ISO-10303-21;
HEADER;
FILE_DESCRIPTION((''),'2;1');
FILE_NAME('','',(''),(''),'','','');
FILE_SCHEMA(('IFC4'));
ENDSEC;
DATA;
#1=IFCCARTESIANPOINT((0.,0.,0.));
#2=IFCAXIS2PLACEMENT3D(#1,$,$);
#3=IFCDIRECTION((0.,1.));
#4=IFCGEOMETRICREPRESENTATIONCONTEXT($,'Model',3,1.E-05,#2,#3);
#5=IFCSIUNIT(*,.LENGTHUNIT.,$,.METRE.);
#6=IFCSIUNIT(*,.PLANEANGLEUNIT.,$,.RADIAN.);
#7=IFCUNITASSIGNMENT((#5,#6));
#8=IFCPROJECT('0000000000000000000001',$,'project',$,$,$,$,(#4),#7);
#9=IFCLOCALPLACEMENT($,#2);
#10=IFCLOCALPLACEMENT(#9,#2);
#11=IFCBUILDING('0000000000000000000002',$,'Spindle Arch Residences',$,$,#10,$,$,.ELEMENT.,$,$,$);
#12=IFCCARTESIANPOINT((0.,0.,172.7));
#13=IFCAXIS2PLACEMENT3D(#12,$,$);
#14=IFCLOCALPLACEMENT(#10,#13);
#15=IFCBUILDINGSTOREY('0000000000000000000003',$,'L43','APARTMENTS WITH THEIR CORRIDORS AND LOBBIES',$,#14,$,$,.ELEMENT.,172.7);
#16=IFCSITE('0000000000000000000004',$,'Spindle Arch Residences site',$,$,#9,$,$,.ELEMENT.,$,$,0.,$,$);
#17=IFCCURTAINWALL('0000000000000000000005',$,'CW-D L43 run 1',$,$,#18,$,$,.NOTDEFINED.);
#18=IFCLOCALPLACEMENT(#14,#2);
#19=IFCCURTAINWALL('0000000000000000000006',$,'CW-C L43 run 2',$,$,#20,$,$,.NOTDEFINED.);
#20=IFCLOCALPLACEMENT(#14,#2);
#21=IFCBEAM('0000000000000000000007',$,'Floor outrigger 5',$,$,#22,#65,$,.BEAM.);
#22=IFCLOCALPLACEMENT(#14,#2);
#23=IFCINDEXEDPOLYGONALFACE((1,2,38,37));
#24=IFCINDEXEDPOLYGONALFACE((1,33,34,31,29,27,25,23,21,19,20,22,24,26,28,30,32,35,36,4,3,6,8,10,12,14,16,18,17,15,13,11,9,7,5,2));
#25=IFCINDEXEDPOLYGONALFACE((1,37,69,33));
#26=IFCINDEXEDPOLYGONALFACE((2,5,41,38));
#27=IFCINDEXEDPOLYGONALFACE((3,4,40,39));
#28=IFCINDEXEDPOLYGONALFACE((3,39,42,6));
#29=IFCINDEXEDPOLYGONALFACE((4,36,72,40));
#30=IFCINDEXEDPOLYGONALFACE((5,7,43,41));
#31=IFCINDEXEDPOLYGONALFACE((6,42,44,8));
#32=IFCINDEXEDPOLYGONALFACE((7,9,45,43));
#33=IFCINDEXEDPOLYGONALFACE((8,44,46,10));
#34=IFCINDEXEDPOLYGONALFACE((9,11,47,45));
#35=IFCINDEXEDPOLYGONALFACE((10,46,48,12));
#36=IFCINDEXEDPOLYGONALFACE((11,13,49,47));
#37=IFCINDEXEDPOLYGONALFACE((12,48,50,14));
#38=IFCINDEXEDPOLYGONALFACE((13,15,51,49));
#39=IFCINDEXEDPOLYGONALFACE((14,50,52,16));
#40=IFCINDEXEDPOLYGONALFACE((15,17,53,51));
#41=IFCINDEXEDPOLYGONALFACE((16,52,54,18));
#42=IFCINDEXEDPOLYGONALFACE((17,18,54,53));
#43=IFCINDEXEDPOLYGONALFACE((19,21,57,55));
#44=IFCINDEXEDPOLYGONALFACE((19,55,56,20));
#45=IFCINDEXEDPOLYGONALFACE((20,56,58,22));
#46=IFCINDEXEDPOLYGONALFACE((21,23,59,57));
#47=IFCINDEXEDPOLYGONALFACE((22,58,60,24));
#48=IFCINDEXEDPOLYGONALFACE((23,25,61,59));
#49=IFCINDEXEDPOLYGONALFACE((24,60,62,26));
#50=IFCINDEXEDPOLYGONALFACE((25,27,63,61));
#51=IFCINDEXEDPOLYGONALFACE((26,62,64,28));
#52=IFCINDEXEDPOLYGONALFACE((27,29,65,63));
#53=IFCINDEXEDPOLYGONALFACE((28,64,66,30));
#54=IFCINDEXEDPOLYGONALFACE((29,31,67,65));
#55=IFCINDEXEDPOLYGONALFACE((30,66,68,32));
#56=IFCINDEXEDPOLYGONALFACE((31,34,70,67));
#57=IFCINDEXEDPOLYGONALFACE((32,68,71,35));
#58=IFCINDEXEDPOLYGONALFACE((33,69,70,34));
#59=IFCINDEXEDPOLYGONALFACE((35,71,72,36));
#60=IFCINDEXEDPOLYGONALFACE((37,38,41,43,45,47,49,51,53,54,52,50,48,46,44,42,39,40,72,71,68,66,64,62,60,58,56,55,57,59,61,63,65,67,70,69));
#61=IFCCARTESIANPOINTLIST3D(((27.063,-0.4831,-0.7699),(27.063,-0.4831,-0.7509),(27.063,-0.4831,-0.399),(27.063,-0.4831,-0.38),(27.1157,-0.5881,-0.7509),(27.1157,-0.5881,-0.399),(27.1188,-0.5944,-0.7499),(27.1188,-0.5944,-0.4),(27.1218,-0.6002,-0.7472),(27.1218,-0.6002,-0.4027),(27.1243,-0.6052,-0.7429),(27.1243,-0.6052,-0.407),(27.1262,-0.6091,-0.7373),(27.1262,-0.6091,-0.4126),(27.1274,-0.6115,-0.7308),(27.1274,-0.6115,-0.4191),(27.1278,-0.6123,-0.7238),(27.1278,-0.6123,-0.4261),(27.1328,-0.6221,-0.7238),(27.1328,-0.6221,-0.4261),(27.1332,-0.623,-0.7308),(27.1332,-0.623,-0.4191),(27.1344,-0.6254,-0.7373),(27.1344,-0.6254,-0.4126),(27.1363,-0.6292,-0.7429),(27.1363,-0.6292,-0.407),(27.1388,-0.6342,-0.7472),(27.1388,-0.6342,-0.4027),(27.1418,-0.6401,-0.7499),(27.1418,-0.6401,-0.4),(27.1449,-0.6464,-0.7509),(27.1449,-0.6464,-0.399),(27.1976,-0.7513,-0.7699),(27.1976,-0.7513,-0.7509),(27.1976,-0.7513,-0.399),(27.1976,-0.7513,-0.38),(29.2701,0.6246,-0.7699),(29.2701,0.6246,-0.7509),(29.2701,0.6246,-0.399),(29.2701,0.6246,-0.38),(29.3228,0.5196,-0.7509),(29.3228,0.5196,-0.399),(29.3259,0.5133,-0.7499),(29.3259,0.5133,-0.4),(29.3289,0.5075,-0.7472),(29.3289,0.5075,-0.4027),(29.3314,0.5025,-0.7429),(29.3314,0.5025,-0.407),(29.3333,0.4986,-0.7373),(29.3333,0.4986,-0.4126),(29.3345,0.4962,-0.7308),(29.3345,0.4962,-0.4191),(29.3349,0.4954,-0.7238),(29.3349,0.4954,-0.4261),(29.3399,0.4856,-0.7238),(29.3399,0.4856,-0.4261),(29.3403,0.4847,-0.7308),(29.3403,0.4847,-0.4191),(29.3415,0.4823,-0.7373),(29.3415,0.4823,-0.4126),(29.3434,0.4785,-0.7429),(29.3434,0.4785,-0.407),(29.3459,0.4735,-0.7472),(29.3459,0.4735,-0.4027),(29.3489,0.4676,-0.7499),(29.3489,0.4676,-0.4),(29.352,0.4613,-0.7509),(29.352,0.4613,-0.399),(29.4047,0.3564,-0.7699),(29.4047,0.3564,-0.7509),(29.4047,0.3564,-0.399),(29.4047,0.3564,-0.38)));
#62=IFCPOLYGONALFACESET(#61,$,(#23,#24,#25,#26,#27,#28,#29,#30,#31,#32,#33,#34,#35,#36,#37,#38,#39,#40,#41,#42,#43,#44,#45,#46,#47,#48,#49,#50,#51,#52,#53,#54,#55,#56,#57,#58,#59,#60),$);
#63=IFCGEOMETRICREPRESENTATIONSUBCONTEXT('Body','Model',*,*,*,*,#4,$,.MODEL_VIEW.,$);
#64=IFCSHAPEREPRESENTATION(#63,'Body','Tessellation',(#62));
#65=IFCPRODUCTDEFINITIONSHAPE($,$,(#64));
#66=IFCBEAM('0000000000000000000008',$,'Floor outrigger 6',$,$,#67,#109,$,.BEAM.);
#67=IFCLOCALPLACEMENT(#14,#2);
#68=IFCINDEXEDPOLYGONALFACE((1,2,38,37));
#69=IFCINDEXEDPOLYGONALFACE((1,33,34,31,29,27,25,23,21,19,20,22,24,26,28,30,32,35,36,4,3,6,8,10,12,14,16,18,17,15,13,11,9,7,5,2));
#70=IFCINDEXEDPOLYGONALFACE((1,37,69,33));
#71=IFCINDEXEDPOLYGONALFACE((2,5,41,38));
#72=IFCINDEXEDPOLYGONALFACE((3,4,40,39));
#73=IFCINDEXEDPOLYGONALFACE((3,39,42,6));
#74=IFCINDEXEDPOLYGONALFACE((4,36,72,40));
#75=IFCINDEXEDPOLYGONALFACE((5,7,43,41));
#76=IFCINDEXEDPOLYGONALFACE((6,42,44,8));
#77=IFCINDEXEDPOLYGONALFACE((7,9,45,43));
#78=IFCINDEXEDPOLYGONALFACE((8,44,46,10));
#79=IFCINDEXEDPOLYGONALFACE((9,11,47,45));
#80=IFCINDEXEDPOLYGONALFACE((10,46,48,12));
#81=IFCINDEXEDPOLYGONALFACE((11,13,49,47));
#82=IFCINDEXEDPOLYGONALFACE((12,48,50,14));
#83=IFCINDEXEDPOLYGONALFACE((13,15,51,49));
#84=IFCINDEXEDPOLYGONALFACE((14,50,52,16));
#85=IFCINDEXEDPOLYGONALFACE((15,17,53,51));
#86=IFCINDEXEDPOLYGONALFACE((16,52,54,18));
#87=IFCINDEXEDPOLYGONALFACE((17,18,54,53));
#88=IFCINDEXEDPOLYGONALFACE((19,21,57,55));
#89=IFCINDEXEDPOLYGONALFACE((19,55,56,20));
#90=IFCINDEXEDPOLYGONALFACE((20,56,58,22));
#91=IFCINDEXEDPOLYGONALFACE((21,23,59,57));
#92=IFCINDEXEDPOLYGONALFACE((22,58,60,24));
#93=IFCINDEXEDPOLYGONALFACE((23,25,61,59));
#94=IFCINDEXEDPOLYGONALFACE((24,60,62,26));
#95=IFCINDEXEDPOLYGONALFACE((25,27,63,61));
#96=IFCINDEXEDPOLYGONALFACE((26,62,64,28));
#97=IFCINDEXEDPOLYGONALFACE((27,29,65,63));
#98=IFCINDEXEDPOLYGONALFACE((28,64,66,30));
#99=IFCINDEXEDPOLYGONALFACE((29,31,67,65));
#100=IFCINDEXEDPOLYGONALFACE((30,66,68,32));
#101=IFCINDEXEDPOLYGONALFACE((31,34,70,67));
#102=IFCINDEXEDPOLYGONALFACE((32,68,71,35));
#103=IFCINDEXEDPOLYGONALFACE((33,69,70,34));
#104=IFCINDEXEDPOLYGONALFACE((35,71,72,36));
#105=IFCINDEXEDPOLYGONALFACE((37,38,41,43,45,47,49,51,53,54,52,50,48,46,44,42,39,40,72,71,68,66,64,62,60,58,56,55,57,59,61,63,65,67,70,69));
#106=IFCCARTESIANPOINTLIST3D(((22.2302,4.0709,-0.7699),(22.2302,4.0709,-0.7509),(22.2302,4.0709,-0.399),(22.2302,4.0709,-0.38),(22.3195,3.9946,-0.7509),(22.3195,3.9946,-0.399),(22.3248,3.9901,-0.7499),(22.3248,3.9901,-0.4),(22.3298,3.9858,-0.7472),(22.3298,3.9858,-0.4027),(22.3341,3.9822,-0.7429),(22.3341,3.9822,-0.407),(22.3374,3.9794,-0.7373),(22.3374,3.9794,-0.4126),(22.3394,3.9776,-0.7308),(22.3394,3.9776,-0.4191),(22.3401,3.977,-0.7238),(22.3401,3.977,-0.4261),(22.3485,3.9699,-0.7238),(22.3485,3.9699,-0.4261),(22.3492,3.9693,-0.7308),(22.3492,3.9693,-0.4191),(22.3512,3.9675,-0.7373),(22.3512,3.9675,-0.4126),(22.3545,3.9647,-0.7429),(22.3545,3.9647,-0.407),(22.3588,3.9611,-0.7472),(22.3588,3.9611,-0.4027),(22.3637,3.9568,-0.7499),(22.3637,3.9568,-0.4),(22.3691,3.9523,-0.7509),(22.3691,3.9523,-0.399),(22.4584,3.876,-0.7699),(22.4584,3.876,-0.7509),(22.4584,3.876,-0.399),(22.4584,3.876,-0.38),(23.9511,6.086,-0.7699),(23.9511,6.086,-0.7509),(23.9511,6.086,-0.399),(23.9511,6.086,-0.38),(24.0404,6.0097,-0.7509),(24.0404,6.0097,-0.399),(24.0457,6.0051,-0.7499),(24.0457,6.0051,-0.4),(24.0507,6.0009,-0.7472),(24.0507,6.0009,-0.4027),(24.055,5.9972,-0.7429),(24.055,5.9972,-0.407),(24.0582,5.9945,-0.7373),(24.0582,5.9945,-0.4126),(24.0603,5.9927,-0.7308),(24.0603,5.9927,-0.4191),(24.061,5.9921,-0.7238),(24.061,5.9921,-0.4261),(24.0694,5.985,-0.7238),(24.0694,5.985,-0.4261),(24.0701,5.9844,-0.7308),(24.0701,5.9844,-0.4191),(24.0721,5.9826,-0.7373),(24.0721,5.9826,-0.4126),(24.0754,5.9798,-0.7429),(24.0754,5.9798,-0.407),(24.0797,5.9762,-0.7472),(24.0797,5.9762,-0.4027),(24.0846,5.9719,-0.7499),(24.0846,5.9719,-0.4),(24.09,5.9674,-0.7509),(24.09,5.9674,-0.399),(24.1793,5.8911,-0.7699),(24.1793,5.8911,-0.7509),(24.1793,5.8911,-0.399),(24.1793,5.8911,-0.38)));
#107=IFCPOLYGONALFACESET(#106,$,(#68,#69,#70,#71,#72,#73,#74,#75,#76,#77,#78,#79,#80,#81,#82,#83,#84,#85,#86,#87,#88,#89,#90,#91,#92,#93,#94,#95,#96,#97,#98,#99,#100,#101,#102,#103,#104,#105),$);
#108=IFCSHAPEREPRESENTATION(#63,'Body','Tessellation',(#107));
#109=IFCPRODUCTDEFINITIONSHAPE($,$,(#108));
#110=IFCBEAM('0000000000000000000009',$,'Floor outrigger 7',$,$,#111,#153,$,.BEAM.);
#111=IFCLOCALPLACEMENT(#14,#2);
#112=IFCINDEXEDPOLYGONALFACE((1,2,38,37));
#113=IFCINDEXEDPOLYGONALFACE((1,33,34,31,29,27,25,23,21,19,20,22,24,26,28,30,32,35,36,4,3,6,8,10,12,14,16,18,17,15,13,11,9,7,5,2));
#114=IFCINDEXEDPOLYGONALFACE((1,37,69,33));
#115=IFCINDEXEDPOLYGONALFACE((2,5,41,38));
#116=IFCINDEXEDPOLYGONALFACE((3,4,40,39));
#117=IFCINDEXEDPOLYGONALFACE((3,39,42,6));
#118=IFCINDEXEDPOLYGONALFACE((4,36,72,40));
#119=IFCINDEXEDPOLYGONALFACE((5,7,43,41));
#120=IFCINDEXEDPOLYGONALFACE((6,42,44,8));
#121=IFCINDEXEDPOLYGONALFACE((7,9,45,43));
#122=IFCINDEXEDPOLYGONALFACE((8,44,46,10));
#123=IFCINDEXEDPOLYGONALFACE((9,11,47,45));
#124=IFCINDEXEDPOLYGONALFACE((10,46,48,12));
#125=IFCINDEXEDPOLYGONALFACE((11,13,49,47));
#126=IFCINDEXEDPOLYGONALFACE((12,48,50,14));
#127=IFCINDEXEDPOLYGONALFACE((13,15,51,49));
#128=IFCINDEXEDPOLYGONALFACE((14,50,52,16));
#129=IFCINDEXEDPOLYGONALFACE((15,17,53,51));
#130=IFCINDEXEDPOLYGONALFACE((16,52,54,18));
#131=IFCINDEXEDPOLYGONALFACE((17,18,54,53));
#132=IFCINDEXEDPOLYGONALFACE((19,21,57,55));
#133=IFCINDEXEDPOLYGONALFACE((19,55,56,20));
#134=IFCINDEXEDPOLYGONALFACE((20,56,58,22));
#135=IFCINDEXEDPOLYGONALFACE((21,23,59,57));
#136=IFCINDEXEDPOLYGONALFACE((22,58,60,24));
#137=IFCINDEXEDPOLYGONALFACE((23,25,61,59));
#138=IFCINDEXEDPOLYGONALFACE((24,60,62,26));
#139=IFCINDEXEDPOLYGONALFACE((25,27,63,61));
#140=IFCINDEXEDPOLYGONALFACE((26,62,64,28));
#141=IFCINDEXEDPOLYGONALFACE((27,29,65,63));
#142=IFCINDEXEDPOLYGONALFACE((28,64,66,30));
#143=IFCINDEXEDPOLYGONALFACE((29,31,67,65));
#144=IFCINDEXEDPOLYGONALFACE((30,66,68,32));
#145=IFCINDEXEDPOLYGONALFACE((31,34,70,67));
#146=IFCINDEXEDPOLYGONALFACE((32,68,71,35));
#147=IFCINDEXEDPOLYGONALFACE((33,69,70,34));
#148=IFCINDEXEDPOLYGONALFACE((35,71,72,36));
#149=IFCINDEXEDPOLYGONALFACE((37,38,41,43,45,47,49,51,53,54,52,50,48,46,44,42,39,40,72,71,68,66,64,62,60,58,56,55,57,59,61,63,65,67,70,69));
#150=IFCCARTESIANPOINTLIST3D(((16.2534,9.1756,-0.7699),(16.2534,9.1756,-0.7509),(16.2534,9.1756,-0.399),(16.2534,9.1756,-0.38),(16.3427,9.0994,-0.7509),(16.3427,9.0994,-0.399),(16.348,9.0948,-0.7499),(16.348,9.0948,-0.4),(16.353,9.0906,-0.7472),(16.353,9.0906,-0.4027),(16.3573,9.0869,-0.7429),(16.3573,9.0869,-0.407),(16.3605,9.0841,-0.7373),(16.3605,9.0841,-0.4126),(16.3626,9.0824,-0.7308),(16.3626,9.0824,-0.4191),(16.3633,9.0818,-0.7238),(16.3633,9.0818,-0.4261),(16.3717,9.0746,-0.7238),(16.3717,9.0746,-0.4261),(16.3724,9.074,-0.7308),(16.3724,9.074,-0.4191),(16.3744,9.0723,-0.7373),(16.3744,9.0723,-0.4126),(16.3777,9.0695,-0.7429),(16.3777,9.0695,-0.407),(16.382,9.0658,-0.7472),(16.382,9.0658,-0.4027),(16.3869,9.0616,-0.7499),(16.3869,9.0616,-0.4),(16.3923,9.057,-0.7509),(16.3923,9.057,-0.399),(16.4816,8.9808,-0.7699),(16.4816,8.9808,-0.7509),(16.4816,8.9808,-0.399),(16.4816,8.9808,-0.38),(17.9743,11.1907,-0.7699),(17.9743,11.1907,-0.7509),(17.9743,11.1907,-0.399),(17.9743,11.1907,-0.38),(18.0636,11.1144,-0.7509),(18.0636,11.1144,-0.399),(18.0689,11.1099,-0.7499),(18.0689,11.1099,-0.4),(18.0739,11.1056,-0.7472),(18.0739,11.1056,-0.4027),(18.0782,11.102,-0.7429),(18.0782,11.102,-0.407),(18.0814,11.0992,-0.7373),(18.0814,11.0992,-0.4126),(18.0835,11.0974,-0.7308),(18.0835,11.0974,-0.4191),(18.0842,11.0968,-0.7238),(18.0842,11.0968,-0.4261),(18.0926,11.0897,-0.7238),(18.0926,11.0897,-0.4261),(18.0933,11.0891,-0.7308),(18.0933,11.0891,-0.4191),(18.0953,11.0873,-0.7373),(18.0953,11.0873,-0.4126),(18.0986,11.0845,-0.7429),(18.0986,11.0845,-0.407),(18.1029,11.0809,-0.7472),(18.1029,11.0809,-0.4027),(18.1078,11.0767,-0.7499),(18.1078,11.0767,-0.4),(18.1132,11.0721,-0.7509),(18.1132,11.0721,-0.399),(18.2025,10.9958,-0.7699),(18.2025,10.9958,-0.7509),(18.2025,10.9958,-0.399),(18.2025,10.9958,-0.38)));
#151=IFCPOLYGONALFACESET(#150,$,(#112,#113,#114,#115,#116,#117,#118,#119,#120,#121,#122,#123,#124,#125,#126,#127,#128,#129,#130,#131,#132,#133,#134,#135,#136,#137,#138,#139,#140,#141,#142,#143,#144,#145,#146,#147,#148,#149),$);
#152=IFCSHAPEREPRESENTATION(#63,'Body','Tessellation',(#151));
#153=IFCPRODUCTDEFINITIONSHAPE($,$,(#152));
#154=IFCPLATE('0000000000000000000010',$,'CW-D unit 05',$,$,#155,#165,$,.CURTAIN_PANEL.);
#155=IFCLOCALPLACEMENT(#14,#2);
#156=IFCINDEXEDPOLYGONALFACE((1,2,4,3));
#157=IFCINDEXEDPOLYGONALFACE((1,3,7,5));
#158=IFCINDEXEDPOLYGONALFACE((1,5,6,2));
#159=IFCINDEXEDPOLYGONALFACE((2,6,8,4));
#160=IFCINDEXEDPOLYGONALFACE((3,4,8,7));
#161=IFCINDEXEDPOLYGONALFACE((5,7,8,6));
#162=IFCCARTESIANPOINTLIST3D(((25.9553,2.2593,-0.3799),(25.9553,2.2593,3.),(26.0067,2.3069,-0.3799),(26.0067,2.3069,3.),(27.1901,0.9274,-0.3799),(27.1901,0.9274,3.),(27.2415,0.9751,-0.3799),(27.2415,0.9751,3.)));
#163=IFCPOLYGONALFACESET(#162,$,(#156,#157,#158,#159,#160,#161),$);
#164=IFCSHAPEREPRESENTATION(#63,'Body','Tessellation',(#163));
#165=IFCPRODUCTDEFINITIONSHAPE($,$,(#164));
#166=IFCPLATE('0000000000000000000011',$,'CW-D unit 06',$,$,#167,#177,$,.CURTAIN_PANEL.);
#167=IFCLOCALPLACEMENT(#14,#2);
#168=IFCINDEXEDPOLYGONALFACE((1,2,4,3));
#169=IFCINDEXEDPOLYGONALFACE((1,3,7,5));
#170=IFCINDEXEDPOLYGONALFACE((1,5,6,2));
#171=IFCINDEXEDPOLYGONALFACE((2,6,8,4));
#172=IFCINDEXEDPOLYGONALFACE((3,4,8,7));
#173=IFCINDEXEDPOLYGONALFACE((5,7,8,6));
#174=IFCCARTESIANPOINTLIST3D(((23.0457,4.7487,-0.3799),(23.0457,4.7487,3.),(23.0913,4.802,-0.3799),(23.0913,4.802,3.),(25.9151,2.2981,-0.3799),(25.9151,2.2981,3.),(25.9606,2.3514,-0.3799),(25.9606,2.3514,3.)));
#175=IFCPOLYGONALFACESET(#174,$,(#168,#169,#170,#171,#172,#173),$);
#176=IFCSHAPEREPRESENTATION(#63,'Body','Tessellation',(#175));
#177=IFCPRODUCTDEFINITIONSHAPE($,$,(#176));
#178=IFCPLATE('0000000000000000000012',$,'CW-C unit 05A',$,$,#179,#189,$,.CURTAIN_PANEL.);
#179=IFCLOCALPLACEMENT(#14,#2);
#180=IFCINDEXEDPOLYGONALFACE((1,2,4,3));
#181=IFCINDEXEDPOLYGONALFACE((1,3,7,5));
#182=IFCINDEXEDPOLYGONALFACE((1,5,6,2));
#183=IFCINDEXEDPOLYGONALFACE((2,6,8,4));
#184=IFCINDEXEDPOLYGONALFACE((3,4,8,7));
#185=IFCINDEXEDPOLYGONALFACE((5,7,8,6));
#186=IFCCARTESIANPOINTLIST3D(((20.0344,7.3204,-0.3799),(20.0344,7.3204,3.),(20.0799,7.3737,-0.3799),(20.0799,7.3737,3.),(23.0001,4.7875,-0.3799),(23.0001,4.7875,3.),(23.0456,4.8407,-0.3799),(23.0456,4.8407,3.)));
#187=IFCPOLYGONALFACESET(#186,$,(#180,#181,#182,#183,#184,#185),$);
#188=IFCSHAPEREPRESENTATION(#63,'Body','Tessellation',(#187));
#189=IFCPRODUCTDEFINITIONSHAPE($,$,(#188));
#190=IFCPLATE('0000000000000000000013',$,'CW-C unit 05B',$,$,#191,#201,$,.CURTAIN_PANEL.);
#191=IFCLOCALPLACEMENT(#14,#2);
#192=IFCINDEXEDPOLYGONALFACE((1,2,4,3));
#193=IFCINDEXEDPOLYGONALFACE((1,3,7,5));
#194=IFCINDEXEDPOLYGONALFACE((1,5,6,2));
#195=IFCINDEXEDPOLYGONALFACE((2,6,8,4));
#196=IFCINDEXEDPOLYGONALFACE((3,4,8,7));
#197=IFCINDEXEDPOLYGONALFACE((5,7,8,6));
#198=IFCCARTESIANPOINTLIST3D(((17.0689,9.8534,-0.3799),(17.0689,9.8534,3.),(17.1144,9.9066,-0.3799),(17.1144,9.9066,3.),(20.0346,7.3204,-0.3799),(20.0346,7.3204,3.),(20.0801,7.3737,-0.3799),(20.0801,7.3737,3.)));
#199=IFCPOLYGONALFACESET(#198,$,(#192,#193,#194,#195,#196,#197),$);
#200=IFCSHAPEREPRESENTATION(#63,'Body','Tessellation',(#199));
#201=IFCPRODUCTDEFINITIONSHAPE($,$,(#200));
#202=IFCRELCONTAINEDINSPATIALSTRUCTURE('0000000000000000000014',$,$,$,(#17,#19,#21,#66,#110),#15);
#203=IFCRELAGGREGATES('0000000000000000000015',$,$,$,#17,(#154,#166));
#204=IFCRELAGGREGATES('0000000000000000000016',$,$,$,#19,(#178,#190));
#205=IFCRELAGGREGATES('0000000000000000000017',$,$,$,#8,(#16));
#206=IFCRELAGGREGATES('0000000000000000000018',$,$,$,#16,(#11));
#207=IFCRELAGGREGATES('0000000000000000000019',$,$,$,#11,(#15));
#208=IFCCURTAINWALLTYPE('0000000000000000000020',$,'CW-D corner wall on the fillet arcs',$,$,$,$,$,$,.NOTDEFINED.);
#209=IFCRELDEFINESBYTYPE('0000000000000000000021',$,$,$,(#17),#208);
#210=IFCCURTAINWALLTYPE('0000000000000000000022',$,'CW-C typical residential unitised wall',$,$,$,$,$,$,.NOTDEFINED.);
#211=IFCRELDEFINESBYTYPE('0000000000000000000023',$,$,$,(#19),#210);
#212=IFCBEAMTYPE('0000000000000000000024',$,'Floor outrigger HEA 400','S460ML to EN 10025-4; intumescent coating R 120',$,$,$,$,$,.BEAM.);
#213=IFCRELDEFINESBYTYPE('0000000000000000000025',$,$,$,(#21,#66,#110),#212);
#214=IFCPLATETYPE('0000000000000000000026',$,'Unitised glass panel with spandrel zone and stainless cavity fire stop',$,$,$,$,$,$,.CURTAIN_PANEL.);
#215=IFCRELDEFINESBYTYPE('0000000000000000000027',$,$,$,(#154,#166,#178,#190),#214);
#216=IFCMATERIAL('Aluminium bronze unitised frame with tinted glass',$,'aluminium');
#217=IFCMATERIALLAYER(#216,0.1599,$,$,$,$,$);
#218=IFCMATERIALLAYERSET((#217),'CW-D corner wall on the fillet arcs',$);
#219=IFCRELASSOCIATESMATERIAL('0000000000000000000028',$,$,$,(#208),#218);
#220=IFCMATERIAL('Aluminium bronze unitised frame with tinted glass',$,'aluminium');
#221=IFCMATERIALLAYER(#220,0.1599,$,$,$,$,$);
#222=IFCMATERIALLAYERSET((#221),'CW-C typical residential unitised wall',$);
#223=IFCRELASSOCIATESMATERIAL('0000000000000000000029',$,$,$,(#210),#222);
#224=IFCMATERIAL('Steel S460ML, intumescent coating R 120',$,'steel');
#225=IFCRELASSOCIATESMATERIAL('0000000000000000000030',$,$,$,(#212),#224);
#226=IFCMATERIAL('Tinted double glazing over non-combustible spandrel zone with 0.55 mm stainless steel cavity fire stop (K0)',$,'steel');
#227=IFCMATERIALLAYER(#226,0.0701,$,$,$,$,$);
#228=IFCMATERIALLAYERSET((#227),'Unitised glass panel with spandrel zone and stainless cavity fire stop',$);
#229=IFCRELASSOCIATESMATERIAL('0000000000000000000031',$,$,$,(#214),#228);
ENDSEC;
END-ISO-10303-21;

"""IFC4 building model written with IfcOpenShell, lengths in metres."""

from ifc_helpers import new_model, si_unit, direction, frame, origin, origin_2d, place, context, subcontext, project, spatial, rectangle, i_section, extrude, material, layer, layer_set, material_profile, profile_set, type_object, element, aggregate, save


model = new_model("IFC4")

# Units and contexts
model_context = context("Model", 3, precision=1e-05, world=origin(), true_north=direction((0.0, 1.0)))
body_context = subcontext(model_context, "Body", "Model", "MODEL_VIEW")
ifc_project = project(units=[si_unit("LENGTHUNIT", "METRE"), si_unit("PLANEANGLEUNIT", "RADIAN")], contexts=[model_context])

# Site, building, storey
site_placement = place(None, origin())
site = spatial("IfcSite", under=ifc_project, at=site_placement, Name="Spindle Arch Residences site", CompositionType="ELEMENT", RefElevation=0.0)
building_placement = place(site_placement, origin())
building = spatial("IfcBuilding", under=site, at=building_placement, Name="Spindle Arch Residences", CompositionType="ELEMENT")
storey_placement = place(building_placement, frame((0.0, 0.0, 172.7)))
storey = spatial("IfcBuildingStorey", under=building, at=storey_placement, Name="L43", Description="APARTMENTS WITH THEIR CORRIDORS AND LOBBIES", CompositionType="ELEMENT", Elevation=172.7)

# Curtain walls
ifc_material_1 = material(Name="Aluminium bronze unitised frame with tinted glass", Category="aluminium")
ifc_layer_1 = layer(ifc_material_1, 0.1599)
ifc_layer_set_1 = layer_set([ifc_layer_1], Name="CW-D corner wall on the fillet arcs")
curtain_wall_type_1 = type_object("IfcCurtainWallType", Name="CW-D corner wall on the fillet arcs", PredefinedType="NOTDEFINED", material=ifc_layer_set_1)
curtain_wall_1_placement = place(storey_placement, origin())
curtain_wall_1 = element("IfcCurtainWall", 1, at=curtain_wall_1_placement, inside=storey, type_object=curtain_wall_type_1, Name="CW-D L43 run 1", PredefinedType="NOTDEFINED")
ifc_material_2 = material(Name="Aluminium bronze unitised frame with tinted glass", Category="aluminium")
ifc_layer_2 = layer(ifc_material_2, 0.1599)
ifc_layer_set_2 = layer_set([ifc_layer_2], Name="CW-C typical residential unitised wall")
curtain_wall_type_2 = type_object("IfcCurtainWallType", Name="CW-C typical residential unitised wall", PredefinedType="NOTDEFINED", material=ifc_layer_set_2)
curtain_wall_2_placement = place(storey_placement, origin())
curtain_wall_2 = element("IfcCurtainWall", 2, at=curtain_wall_2_placement, inside=storey, type_object=curtain_wall_type_2, Name="CW-C L43 run 2", PredefinedType="NOTDEFINED")

# Beams
ifc_material_3 = material(Name="Steel S460ML, intumescent coating R 120", Category="steel")
ifc_material_profile_1 = material_profile(ifc_material_3, i_section(OverallWidth=0.3, OverallDepth=0.3899, WebThickness=0.011, FlangeThickness=0.019, FilletRadius=0.0271, at=origin_2d()), Name="HEA 400")
ifc_profile_set_1 = profile_set([ifc_material_profile_1], Name="Steel S460ML, intumescent coating R 120")
beam_type_1 = type_object("IfcBeamType", Name="Floor outrigger HEA 400", Description="S460ML to EN 10025-4; intumescent coating R 120", PredefinedType="BEAM", material=ifc_profile_set_1)
beam_1_placement = place(storey_placement, frame((29.3374, 0.4905, -0.575), z_axis=(-0.893754, -0.448558, 0.0), x_axis=(0.448558, -0.893754, 0.0)))
element("IfcBeam", 3, at=beam_1_placement, inside=storey, type_object=beam_type_1, Name="Floor outrigger 5", PredefinedType="BEAM", context=body_context, shape_type="SweptSolid", body=[
    extrude(i_section(OverallWidth=0.3, OverallDepth=0.3899, WebThickness=0.011, FlangeThickness=0.019, FilletRadius=0.0271, at=origin_2d()), origin(), (0.0, 0.0, 1.0), 2.4695),
])
for number, where, z_axis, x_axis, name in (
    (4, (24.0652, 5.9885, -0.575), (-0.649417, -0.760432, 0.0), (0.760432, -0.649417, 0.0), "Floor outrigger 6"),
    (5, (18.0884, 11.0933, -0.575), (-0.649417, -0.760432, 0.0), (0.760432, -0.649417, 0.0), "Floor outrigger 7"),
):
    element("IfcBeam", number, at=place(storey_placement, frame(where, z_axis=z_axis, x_axis=x_axis)), inside=storey, type_object=beam_type_1, Name=name, PredefinedType="BEAM", context=body_context, shape_type="SweptSolid", body=[
        extrude(i_section(OverallWidth=0.3, OverallDepth=0.3899, WebThickness=0.011, FlangeThickness=0.019, FilletRadius=0.0271, at=origin_2d()), origin(), (0.0, 0.0, 1.0), 2.6499),
    ])

# Plates
ifc_material_4 = material(Name="Tinted double glazing over non-combustible spandrel zone with 0.55 mm stainless steel cavity fire stop (K0)", Category="steel")
ifc_layer_3 = layer(ifc_material_4, 0.0701)
ifc_layer_set_3 = layer_set([ifc_layer_3], Name="Unitised glass panel with spandrel zone and stainless cavity fire stop")
plate_type = type_object("IfcPlateType", Name="Unitised glass panel with spandrel zone and stainless cavity fire stop", PredefinedType="CURTAIN_PANEL", material=ifc_layer_set_3)
plate_1_placement = place(storey_placement, frame((26.5984, 1.6172, -0.3799), z_axis=(0.0, 0.0, 1.0), x_axis=(-0.679868, 0.733334, 0.0)))
plate_1 = element("IfcPlate", 6, at=plate_1_placement, type_object=plate_type, Name="CW-D unit 05", PredefinedType="CURTAIN_PANEL", context=body_context, shape_type="SweptSolid", body=[
    extrude(rectangle(XDim=1.8162, YDim=0.0701, at=origin_2d()), origin(), (0.0, 0.0, 1.0), 3.3799),
])
plate_2_placement = place(storey_placement, frame((24.5032, 3.55, -0.3799), z_axis=(0.0, 0.0, 1.0), x_axis=(-0.760406, 0.649448, 0.0)))
plate_2 = element("IfcPlate", 7, at=plate_2_placement, type_object=plate_type, Name="CW-D unit 06", PredefinedType="CURTAIN_PANEL", context=body_context, shape_type="SweptSolid", body=[
    extrude(rectangle(XDim=3.7734, YDim=0.0701, at=origin_2d()), origin(), (0.0, 0.0, 1.0), 3.3799),
])
aggregate(curtain_wall_1, [plate_1, plate_2])
plate_3_placement = place(storey_placement, frame((21.54, 6.0806, -0.3799), z_axis=(0.0, 0.0, 1.0), x_axis=(-0.760406, 0.649448, 0.0)))
plate_3 = element("IfcPlate", 8, at=plate_3_placement, type_object=plate_type, Name="CW-C unit 05A", PredefinedType="CURTAIN_PANEL", context=body_context, shape_type="SweptSolid", body=[
    extrude(rectangle(XDim=3.9001, YDim=0.0701, at=origin_2d()), origin(), (0.0, 0.0, 1.0), 3.3799),
])
plate_4_placement = place(storey_placement, frame((18.5745, 8.6135, -0.3799), z_axis=(0.0, 0.0, 1.0), x_axis=(-0.760406, 0.649448, 0.0)))
plate_4 = element("IfcPlate", 9, at=plate_4_placement, type_object=plate_type, Name="CW-C unit 05B", PredefinedType="CURTAIN_PANEL", context=body_context, shape_type="SweptSolid", body=[
    extrude(rectangle(XDim=3.9001, YDim=0.0701, at=origin_2d()), origin(), (0.0, 0.0, 1.0), 3.3799),
])
aggregate(curtain_wall_2, [plate_3, plate_4])

save(model, "model.ifc")
